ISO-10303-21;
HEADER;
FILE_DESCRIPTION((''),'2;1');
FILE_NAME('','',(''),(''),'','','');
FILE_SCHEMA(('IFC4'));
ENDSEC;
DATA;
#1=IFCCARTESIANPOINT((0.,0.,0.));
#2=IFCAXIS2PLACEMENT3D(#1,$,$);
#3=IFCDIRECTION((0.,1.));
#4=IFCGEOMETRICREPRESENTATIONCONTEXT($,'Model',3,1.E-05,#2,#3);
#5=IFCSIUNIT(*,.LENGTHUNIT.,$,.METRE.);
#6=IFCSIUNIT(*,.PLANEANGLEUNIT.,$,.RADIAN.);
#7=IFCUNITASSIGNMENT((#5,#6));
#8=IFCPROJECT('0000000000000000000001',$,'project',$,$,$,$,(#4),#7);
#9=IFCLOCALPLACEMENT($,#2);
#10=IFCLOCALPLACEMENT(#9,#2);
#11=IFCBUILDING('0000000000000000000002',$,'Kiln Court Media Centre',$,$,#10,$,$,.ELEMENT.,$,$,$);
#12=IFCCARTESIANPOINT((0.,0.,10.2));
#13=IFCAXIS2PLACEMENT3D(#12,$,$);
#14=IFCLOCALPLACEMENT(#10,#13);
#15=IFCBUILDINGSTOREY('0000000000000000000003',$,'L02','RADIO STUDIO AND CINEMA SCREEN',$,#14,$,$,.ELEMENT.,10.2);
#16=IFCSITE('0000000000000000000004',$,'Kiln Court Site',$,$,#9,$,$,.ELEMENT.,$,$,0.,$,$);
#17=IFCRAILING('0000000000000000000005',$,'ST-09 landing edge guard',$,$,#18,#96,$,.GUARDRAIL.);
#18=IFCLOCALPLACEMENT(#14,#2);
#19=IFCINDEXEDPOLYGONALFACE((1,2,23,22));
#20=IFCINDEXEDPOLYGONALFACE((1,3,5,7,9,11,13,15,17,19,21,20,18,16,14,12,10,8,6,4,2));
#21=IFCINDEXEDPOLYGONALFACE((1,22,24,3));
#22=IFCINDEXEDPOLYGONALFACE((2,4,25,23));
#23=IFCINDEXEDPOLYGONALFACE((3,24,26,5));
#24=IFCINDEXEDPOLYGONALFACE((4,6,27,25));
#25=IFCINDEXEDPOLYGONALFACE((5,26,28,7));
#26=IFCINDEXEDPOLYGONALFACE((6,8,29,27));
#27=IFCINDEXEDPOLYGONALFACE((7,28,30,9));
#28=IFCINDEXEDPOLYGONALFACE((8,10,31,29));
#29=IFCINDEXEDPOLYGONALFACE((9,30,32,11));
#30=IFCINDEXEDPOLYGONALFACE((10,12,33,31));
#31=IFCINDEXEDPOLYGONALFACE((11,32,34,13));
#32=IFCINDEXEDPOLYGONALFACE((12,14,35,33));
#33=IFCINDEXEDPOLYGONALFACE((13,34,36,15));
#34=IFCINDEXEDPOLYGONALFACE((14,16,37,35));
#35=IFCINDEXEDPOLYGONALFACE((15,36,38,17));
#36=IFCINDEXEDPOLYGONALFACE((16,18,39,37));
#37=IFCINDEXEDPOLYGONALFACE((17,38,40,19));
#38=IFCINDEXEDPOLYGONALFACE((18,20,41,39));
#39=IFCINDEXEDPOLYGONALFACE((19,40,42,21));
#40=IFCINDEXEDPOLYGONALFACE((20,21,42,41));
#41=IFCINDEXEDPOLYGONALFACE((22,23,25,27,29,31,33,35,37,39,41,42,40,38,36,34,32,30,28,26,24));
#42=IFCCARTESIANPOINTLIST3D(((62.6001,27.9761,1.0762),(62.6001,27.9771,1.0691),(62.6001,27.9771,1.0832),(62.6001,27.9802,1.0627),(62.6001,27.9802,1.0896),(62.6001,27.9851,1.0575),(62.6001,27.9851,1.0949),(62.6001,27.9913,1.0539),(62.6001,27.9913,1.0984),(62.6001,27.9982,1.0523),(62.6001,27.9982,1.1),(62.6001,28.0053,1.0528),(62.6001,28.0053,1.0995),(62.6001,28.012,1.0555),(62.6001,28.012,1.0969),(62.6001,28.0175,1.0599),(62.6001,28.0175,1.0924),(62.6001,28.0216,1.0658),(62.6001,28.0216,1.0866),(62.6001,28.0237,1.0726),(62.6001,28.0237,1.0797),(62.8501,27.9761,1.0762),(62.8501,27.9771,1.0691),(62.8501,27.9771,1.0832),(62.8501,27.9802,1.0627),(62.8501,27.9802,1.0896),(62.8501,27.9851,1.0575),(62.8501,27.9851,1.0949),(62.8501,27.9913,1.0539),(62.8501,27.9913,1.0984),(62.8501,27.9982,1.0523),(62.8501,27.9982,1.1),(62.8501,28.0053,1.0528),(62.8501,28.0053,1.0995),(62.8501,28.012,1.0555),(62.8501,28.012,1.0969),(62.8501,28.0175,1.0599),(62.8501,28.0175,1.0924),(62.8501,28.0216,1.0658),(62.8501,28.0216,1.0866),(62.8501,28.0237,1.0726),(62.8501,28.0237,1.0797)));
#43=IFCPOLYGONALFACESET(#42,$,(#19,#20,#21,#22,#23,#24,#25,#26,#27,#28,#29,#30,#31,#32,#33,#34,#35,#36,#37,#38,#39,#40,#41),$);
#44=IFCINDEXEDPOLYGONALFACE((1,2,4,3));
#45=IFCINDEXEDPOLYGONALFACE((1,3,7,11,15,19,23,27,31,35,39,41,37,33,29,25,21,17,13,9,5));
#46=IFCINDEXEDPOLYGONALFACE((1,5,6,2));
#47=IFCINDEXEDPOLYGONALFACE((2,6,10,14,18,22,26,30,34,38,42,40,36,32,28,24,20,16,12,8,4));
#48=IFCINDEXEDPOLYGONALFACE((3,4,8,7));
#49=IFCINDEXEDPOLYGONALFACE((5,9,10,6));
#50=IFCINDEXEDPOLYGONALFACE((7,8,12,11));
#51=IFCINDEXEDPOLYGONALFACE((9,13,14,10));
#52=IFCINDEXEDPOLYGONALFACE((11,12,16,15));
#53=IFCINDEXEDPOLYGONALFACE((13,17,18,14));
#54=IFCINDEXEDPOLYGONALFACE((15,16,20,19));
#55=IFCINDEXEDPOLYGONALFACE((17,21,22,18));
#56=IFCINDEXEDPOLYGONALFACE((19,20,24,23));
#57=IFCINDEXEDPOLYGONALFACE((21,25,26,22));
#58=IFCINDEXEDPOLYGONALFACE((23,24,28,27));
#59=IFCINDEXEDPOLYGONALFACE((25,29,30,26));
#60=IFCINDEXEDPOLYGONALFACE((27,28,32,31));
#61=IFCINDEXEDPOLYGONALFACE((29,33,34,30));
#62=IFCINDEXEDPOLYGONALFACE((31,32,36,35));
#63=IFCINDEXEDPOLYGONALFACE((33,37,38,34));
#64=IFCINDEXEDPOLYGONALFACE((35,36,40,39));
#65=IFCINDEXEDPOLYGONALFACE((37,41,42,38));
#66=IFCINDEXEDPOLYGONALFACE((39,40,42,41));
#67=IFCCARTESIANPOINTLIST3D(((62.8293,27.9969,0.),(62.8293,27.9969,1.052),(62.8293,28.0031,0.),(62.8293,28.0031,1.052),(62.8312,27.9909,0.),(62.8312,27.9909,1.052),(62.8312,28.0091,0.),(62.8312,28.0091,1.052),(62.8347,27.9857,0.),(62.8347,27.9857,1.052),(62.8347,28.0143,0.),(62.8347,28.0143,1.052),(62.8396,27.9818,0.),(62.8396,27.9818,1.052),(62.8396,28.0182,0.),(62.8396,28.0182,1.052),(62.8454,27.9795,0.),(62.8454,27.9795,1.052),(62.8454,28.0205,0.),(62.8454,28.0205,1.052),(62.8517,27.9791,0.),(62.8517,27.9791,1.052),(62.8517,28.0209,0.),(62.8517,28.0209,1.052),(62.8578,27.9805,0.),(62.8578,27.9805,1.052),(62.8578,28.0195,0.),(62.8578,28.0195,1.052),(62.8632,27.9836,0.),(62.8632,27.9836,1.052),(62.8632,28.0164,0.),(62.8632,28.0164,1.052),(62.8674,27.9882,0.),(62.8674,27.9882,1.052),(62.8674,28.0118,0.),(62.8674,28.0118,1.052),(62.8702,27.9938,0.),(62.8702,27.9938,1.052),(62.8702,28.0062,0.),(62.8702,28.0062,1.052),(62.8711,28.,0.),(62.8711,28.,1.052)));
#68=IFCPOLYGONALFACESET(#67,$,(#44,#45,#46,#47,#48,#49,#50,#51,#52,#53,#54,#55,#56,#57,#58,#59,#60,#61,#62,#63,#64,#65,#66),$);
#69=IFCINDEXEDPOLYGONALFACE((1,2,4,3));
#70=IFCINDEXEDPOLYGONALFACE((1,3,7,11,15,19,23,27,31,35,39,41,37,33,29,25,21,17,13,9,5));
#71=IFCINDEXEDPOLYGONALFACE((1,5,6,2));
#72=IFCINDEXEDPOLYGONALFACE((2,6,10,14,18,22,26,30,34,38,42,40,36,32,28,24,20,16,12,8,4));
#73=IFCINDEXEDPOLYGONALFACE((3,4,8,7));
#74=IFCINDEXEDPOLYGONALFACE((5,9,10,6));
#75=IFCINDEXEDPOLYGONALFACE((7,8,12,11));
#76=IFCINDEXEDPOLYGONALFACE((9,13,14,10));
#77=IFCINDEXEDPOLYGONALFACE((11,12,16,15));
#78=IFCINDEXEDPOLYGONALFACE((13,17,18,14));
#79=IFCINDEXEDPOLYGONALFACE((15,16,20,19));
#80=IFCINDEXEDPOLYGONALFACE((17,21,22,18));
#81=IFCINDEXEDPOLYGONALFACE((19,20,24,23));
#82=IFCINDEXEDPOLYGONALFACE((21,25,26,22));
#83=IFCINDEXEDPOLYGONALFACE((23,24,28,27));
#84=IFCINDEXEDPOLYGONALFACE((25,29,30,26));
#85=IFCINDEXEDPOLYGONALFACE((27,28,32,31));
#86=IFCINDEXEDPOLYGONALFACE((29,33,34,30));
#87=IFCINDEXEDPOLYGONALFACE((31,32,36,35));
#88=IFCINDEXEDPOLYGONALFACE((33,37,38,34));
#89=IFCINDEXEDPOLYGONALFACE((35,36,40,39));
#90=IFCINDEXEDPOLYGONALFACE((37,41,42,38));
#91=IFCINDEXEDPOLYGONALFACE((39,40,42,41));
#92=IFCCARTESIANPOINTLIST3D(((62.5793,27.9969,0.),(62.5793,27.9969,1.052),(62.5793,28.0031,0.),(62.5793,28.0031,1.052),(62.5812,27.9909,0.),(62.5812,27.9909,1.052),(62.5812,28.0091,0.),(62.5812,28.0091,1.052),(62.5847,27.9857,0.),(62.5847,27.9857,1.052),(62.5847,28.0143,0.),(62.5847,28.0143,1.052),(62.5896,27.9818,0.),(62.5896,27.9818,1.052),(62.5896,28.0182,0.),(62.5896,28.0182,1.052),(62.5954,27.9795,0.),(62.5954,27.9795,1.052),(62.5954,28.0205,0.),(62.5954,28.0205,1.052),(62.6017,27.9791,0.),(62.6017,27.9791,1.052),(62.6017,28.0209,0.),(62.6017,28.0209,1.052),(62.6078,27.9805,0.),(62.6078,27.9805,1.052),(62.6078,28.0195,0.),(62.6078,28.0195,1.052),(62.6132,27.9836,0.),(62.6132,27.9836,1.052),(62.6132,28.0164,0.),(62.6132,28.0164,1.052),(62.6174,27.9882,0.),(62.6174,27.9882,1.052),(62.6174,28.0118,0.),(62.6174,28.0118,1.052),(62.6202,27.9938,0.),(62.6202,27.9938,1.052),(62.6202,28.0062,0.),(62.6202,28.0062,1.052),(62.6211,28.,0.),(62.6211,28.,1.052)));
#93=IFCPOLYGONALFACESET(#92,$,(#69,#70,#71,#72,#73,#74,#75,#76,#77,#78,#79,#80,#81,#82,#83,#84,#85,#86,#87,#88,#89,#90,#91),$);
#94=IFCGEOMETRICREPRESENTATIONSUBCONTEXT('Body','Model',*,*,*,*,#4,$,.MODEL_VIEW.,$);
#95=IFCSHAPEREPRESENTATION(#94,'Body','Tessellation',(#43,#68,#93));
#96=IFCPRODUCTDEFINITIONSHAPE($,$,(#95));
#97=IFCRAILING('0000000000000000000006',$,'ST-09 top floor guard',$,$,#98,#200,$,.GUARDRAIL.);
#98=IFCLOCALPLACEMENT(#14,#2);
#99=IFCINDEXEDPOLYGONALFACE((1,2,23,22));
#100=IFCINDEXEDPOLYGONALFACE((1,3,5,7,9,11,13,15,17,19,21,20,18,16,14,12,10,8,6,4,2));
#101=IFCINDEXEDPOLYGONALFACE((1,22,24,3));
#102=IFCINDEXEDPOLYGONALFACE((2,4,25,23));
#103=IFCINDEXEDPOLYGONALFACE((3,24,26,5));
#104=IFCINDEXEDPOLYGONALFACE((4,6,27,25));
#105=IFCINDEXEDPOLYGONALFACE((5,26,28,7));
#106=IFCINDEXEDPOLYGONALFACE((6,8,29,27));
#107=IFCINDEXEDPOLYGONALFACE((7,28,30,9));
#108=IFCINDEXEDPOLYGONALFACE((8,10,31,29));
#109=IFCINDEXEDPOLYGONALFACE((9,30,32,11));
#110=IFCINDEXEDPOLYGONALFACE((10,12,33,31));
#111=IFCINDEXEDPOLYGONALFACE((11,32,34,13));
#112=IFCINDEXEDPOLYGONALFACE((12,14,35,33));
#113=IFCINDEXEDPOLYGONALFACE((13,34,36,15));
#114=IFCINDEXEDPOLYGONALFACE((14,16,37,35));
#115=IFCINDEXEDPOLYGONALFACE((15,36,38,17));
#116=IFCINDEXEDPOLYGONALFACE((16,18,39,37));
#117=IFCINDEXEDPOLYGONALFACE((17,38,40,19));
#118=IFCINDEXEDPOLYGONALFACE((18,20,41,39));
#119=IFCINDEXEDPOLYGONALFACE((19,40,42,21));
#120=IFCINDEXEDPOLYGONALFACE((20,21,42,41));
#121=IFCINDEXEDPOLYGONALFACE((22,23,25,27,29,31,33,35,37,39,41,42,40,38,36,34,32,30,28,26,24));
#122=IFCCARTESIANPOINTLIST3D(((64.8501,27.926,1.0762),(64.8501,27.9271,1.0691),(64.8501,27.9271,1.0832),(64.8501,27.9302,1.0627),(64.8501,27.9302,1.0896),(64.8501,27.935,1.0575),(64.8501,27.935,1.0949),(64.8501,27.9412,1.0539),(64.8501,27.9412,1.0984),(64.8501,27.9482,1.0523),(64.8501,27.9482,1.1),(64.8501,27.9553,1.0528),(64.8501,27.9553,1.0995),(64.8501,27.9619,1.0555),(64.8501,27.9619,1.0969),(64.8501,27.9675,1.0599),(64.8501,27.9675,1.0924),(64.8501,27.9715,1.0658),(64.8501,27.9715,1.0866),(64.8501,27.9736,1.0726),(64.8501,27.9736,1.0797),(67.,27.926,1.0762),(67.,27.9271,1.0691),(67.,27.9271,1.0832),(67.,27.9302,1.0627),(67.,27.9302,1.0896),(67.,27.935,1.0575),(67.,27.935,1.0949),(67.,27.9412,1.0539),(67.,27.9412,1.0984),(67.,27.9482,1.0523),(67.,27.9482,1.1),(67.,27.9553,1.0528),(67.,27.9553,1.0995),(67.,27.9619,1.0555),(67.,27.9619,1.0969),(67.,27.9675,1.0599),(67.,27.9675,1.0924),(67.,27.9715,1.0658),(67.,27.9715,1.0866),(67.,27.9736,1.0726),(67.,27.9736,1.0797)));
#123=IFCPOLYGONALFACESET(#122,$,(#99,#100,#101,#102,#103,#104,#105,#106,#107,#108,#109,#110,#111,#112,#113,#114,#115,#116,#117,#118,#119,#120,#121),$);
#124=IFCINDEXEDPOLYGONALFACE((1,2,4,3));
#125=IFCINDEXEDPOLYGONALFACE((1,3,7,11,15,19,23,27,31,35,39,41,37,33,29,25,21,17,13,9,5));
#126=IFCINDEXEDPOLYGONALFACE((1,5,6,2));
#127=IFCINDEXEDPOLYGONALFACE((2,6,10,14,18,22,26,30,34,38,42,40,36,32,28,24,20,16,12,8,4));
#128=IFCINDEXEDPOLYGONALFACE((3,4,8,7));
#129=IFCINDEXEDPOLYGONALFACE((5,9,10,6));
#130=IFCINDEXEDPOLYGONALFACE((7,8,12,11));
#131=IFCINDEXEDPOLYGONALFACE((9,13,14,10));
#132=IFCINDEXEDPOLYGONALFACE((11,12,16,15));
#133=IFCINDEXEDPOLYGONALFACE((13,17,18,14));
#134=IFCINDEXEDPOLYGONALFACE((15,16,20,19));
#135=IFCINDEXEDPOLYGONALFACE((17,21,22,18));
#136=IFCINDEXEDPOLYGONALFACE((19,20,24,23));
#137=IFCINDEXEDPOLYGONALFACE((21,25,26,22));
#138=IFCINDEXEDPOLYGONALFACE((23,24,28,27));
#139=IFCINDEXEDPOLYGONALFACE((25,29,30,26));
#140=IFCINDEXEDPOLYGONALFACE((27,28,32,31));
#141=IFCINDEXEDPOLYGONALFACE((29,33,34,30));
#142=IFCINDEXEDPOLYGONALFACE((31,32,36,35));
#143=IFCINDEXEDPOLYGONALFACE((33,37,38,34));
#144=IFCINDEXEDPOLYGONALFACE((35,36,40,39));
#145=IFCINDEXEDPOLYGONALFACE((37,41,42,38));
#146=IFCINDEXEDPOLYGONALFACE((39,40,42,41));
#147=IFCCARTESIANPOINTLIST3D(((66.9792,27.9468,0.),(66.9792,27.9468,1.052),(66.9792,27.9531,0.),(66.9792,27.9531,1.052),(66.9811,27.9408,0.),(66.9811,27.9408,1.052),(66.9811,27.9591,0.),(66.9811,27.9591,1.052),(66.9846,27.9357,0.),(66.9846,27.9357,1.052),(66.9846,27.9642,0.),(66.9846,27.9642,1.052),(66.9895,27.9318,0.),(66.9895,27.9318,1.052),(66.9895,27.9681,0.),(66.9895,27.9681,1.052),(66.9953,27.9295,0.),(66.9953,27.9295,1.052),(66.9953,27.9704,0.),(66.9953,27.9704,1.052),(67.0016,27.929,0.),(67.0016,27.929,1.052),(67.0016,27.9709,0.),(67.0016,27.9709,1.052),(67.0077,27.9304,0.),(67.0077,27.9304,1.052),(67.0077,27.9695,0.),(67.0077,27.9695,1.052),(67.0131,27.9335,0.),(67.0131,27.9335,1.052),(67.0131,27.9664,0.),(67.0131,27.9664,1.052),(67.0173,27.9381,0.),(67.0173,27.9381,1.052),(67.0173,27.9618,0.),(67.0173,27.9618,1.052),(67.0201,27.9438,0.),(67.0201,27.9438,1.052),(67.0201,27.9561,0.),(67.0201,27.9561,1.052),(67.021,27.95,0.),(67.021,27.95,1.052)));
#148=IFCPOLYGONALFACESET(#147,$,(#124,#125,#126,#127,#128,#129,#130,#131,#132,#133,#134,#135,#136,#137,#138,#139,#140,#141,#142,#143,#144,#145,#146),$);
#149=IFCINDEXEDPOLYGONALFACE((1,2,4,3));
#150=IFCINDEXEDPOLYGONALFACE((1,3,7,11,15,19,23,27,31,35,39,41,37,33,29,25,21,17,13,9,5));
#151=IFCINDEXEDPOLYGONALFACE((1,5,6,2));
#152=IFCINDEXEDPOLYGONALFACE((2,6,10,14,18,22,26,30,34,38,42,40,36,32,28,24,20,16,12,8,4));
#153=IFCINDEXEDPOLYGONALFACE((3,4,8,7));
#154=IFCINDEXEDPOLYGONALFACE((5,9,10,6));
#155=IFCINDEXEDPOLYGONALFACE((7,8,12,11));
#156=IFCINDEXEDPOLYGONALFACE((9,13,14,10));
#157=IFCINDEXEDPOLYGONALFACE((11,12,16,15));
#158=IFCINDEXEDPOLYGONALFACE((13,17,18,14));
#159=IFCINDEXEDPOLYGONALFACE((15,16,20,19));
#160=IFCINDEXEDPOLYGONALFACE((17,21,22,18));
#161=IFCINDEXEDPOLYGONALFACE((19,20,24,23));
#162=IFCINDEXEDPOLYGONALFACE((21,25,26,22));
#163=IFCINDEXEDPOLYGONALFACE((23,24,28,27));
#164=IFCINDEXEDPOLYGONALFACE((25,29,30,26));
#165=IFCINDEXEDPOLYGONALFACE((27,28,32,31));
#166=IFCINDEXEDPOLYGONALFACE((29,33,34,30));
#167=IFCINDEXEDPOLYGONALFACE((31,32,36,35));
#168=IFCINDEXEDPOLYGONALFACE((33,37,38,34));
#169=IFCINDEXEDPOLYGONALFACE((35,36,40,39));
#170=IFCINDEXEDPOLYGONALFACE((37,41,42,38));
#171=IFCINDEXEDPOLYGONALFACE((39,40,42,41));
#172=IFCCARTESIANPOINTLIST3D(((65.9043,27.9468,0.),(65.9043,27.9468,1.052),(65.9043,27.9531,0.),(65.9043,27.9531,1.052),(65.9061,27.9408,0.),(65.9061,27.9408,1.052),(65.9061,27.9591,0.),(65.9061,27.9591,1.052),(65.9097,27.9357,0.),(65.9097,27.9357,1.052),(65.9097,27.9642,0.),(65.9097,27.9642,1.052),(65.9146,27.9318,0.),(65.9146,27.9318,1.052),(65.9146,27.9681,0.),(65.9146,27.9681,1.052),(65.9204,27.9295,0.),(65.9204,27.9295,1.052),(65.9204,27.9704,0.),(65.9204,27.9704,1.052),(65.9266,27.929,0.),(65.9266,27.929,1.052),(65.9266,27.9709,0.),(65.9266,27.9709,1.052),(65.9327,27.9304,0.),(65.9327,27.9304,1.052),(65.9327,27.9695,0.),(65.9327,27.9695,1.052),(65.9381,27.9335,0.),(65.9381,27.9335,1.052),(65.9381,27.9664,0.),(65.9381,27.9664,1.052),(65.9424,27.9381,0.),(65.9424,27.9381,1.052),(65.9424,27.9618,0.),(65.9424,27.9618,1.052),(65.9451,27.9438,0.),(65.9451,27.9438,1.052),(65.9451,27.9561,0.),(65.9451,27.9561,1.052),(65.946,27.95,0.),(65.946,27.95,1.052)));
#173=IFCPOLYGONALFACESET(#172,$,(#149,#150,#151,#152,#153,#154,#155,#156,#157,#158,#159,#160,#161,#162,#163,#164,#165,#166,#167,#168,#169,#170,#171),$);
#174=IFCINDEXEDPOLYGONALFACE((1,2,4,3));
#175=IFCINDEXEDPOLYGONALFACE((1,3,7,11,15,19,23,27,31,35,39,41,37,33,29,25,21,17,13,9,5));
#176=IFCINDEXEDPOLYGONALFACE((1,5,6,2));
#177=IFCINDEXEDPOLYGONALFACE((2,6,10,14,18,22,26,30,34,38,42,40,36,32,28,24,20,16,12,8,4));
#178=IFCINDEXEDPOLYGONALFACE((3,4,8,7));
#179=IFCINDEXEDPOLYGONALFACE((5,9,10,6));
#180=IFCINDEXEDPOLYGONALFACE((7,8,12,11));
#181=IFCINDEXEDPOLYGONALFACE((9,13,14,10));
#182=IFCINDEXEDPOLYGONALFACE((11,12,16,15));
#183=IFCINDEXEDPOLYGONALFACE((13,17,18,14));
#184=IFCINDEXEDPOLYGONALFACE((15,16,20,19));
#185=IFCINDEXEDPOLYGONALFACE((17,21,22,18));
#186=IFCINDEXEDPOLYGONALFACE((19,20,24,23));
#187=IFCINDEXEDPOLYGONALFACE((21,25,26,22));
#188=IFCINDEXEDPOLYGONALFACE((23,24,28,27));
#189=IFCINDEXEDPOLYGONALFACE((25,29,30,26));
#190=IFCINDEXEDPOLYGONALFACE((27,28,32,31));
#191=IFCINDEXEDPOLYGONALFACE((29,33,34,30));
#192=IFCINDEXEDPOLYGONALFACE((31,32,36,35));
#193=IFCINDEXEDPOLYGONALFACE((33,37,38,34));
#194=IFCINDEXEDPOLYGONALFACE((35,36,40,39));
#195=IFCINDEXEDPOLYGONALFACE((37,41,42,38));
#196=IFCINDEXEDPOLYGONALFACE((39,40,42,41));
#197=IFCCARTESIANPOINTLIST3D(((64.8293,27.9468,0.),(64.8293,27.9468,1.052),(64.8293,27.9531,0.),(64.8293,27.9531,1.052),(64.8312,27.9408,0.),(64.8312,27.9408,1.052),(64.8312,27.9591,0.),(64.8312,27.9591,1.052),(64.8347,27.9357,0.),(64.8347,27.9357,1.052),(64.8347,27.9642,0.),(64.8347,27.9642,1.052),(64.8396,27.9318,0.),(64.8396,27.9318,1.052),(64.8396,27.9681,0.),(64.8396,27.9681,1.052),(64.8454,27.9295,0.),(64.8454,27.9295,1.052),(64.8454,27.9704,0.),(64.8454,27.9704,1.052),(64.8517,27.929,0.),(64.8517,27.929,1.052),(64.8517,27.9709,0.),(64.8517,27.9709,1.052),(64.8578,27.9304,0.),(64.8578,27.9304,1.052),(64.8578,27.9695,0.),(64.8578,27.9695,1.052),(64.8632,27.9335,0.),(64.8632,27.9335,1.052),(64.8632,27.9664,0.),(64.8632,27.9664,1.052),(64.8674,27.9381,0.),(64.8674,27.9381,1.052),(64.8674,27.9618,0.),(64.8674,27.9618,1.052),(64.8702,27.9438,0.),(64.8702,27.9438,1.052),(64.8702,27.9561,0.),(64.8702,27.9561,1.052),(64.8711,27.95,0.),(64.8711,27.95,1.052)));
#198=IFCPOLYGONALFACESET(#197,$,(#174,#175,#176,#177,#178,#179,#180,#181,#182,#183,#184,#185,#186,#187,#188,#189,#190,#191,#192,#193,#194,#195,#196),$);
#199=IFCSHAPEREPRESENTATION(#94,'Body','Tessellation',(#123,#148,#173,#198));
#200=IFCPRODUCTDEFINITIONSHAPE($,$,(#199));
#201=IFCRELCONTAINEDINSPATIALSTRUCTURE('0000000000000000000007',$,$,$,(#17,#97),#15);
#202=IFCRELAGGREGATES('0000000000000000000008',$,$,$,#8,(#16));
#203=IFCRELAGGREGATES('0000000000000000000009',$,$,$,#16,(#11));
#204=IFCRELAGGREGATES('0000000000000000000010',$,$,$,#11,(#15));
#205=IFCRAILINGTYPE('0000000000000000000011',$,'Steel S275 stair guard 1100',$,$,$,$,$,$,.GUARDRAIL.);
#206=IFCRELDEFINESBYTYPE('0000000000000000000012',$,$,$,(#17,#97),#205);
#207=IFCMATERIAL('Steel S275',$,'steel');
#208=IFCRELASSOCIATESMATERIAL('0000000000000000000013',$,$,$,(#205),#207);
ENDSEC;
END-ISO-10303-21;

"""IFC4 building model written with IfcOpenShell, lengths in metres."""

from ifc_helpers import new_model, si_unit, direction, frame, origin, origin_2d, place, context, subcontext, project, spatial, circle, extrude, material, type_object, element, save


model = new_model("IFC4")

# Units and contexts
model_context = context("Model", 3, precision=1e-05, world=origin(), true_north=direction((0.0, 1.0)))
body_context = subcontext(model_context, "Body", "Model", "MODEL_VIEW")
ifc_project = project(units=[si_unit("LENGTHUNIT", "METRE"), si_unit("PLANEANGLEUNIT", "RADIAN")], contexts=[model_context])

# Site, building, storey
site_placement = place(None, origin())
site = spatial("IfcSite", under=ifc_project, at=site_placement, Name="Kiln Court Site", CompositionType="ELEMENT", RefElevation=0.0)
building_placement = place(site_placement, origin())
building = spatial("IfcBuilding", under=site, at=building_placement, Name="Kiln Court Media Centre", CompositionType="ELEMENT")
storey_placement = place(building_placement, frame((0.0, 0.0, 10.2)))
storey = spatial("IfcBuildingStorey", under=building, at=storey_placement, Name="L02", Description="RADIO STUDIO AND CINEMA SCREEN", CompositionType="ELEMENT", Elevation=10.2)

# Railings
ifc_material_1 = material(Name="Steel S275", Category="steel")
railing_type_1 = type_object("IfcRailingType", Name="Steel S275 stair guard 1100", PredefinedType="GUARDRAIL", material=ifc_material_1)
railing_1_placement = place(storey_placement, frame((62.8501, 28.0, 0.0)))
element("IfcRailing", 1, at=railing_1_placement, inside=storey, type_object=railing_type_1, Name="ST-09 landing edge guard", PredefinedType="GUARDRAIL", context=body_context, shape_type="SweptSolid", body=[
    extrude(circle(Radius=0.0239, at=origin_2d()), frame((0.0, 0.0, 1.0762), z_axis=(-1.0, 0.0, 0.0), x_axis=(0.0, -1.0, 0.0)), (0.0, 0.0, 1.0), 0.25),
    extrude(circle(Radius=0.021, at=origin_2d()), origin(), (0.0, 0.0, 1.0), 1.052),
    extrude(circle(Radius=0.021, at=origin_2d()), frame((-0.25, 0.0, 0.0)), (0.0, 0.0, 1.0), 1.052),
])
railing_2_placement = place(storey_placement, frame((67.0, 27.95, 0.0)))
element("IfcRailing", 2, at=railing_2_placement, inside=storey, type_object=railing_type_1, Name="ST-09 top floor guard", PredefinedType="GUARDRAIL", context=body_context, shape_type="SweptSolid", body=[
    extrude(circle(Radius=0.0239, at=origin_2d()), frame((0.0, 0.0, 1.0762), z_axis=(-1.0, 0.0, 0.0), x_axis=(0.0, -1.0, 0.0)), (0.0, 0.0, 1.0), 2.1499),
    extrude(circle(Radius=0.021, at=origin_2d()), origin(), (0.0, 0.0, 1.0), 1.052),
    extrude(circle(Radius=0.021, at=origin_2d()), frame((-1.075, 0.0, 0.0)), (0.0, 0.0, 1.0), 1.052),
    extrude(circle(Radius=0.021, at=origin_2d()), frame((-2.1499, 0.0, 0.0)), (0.0, 0.0, 1.0), 1.052),
])

save(model, "model.ifc")
